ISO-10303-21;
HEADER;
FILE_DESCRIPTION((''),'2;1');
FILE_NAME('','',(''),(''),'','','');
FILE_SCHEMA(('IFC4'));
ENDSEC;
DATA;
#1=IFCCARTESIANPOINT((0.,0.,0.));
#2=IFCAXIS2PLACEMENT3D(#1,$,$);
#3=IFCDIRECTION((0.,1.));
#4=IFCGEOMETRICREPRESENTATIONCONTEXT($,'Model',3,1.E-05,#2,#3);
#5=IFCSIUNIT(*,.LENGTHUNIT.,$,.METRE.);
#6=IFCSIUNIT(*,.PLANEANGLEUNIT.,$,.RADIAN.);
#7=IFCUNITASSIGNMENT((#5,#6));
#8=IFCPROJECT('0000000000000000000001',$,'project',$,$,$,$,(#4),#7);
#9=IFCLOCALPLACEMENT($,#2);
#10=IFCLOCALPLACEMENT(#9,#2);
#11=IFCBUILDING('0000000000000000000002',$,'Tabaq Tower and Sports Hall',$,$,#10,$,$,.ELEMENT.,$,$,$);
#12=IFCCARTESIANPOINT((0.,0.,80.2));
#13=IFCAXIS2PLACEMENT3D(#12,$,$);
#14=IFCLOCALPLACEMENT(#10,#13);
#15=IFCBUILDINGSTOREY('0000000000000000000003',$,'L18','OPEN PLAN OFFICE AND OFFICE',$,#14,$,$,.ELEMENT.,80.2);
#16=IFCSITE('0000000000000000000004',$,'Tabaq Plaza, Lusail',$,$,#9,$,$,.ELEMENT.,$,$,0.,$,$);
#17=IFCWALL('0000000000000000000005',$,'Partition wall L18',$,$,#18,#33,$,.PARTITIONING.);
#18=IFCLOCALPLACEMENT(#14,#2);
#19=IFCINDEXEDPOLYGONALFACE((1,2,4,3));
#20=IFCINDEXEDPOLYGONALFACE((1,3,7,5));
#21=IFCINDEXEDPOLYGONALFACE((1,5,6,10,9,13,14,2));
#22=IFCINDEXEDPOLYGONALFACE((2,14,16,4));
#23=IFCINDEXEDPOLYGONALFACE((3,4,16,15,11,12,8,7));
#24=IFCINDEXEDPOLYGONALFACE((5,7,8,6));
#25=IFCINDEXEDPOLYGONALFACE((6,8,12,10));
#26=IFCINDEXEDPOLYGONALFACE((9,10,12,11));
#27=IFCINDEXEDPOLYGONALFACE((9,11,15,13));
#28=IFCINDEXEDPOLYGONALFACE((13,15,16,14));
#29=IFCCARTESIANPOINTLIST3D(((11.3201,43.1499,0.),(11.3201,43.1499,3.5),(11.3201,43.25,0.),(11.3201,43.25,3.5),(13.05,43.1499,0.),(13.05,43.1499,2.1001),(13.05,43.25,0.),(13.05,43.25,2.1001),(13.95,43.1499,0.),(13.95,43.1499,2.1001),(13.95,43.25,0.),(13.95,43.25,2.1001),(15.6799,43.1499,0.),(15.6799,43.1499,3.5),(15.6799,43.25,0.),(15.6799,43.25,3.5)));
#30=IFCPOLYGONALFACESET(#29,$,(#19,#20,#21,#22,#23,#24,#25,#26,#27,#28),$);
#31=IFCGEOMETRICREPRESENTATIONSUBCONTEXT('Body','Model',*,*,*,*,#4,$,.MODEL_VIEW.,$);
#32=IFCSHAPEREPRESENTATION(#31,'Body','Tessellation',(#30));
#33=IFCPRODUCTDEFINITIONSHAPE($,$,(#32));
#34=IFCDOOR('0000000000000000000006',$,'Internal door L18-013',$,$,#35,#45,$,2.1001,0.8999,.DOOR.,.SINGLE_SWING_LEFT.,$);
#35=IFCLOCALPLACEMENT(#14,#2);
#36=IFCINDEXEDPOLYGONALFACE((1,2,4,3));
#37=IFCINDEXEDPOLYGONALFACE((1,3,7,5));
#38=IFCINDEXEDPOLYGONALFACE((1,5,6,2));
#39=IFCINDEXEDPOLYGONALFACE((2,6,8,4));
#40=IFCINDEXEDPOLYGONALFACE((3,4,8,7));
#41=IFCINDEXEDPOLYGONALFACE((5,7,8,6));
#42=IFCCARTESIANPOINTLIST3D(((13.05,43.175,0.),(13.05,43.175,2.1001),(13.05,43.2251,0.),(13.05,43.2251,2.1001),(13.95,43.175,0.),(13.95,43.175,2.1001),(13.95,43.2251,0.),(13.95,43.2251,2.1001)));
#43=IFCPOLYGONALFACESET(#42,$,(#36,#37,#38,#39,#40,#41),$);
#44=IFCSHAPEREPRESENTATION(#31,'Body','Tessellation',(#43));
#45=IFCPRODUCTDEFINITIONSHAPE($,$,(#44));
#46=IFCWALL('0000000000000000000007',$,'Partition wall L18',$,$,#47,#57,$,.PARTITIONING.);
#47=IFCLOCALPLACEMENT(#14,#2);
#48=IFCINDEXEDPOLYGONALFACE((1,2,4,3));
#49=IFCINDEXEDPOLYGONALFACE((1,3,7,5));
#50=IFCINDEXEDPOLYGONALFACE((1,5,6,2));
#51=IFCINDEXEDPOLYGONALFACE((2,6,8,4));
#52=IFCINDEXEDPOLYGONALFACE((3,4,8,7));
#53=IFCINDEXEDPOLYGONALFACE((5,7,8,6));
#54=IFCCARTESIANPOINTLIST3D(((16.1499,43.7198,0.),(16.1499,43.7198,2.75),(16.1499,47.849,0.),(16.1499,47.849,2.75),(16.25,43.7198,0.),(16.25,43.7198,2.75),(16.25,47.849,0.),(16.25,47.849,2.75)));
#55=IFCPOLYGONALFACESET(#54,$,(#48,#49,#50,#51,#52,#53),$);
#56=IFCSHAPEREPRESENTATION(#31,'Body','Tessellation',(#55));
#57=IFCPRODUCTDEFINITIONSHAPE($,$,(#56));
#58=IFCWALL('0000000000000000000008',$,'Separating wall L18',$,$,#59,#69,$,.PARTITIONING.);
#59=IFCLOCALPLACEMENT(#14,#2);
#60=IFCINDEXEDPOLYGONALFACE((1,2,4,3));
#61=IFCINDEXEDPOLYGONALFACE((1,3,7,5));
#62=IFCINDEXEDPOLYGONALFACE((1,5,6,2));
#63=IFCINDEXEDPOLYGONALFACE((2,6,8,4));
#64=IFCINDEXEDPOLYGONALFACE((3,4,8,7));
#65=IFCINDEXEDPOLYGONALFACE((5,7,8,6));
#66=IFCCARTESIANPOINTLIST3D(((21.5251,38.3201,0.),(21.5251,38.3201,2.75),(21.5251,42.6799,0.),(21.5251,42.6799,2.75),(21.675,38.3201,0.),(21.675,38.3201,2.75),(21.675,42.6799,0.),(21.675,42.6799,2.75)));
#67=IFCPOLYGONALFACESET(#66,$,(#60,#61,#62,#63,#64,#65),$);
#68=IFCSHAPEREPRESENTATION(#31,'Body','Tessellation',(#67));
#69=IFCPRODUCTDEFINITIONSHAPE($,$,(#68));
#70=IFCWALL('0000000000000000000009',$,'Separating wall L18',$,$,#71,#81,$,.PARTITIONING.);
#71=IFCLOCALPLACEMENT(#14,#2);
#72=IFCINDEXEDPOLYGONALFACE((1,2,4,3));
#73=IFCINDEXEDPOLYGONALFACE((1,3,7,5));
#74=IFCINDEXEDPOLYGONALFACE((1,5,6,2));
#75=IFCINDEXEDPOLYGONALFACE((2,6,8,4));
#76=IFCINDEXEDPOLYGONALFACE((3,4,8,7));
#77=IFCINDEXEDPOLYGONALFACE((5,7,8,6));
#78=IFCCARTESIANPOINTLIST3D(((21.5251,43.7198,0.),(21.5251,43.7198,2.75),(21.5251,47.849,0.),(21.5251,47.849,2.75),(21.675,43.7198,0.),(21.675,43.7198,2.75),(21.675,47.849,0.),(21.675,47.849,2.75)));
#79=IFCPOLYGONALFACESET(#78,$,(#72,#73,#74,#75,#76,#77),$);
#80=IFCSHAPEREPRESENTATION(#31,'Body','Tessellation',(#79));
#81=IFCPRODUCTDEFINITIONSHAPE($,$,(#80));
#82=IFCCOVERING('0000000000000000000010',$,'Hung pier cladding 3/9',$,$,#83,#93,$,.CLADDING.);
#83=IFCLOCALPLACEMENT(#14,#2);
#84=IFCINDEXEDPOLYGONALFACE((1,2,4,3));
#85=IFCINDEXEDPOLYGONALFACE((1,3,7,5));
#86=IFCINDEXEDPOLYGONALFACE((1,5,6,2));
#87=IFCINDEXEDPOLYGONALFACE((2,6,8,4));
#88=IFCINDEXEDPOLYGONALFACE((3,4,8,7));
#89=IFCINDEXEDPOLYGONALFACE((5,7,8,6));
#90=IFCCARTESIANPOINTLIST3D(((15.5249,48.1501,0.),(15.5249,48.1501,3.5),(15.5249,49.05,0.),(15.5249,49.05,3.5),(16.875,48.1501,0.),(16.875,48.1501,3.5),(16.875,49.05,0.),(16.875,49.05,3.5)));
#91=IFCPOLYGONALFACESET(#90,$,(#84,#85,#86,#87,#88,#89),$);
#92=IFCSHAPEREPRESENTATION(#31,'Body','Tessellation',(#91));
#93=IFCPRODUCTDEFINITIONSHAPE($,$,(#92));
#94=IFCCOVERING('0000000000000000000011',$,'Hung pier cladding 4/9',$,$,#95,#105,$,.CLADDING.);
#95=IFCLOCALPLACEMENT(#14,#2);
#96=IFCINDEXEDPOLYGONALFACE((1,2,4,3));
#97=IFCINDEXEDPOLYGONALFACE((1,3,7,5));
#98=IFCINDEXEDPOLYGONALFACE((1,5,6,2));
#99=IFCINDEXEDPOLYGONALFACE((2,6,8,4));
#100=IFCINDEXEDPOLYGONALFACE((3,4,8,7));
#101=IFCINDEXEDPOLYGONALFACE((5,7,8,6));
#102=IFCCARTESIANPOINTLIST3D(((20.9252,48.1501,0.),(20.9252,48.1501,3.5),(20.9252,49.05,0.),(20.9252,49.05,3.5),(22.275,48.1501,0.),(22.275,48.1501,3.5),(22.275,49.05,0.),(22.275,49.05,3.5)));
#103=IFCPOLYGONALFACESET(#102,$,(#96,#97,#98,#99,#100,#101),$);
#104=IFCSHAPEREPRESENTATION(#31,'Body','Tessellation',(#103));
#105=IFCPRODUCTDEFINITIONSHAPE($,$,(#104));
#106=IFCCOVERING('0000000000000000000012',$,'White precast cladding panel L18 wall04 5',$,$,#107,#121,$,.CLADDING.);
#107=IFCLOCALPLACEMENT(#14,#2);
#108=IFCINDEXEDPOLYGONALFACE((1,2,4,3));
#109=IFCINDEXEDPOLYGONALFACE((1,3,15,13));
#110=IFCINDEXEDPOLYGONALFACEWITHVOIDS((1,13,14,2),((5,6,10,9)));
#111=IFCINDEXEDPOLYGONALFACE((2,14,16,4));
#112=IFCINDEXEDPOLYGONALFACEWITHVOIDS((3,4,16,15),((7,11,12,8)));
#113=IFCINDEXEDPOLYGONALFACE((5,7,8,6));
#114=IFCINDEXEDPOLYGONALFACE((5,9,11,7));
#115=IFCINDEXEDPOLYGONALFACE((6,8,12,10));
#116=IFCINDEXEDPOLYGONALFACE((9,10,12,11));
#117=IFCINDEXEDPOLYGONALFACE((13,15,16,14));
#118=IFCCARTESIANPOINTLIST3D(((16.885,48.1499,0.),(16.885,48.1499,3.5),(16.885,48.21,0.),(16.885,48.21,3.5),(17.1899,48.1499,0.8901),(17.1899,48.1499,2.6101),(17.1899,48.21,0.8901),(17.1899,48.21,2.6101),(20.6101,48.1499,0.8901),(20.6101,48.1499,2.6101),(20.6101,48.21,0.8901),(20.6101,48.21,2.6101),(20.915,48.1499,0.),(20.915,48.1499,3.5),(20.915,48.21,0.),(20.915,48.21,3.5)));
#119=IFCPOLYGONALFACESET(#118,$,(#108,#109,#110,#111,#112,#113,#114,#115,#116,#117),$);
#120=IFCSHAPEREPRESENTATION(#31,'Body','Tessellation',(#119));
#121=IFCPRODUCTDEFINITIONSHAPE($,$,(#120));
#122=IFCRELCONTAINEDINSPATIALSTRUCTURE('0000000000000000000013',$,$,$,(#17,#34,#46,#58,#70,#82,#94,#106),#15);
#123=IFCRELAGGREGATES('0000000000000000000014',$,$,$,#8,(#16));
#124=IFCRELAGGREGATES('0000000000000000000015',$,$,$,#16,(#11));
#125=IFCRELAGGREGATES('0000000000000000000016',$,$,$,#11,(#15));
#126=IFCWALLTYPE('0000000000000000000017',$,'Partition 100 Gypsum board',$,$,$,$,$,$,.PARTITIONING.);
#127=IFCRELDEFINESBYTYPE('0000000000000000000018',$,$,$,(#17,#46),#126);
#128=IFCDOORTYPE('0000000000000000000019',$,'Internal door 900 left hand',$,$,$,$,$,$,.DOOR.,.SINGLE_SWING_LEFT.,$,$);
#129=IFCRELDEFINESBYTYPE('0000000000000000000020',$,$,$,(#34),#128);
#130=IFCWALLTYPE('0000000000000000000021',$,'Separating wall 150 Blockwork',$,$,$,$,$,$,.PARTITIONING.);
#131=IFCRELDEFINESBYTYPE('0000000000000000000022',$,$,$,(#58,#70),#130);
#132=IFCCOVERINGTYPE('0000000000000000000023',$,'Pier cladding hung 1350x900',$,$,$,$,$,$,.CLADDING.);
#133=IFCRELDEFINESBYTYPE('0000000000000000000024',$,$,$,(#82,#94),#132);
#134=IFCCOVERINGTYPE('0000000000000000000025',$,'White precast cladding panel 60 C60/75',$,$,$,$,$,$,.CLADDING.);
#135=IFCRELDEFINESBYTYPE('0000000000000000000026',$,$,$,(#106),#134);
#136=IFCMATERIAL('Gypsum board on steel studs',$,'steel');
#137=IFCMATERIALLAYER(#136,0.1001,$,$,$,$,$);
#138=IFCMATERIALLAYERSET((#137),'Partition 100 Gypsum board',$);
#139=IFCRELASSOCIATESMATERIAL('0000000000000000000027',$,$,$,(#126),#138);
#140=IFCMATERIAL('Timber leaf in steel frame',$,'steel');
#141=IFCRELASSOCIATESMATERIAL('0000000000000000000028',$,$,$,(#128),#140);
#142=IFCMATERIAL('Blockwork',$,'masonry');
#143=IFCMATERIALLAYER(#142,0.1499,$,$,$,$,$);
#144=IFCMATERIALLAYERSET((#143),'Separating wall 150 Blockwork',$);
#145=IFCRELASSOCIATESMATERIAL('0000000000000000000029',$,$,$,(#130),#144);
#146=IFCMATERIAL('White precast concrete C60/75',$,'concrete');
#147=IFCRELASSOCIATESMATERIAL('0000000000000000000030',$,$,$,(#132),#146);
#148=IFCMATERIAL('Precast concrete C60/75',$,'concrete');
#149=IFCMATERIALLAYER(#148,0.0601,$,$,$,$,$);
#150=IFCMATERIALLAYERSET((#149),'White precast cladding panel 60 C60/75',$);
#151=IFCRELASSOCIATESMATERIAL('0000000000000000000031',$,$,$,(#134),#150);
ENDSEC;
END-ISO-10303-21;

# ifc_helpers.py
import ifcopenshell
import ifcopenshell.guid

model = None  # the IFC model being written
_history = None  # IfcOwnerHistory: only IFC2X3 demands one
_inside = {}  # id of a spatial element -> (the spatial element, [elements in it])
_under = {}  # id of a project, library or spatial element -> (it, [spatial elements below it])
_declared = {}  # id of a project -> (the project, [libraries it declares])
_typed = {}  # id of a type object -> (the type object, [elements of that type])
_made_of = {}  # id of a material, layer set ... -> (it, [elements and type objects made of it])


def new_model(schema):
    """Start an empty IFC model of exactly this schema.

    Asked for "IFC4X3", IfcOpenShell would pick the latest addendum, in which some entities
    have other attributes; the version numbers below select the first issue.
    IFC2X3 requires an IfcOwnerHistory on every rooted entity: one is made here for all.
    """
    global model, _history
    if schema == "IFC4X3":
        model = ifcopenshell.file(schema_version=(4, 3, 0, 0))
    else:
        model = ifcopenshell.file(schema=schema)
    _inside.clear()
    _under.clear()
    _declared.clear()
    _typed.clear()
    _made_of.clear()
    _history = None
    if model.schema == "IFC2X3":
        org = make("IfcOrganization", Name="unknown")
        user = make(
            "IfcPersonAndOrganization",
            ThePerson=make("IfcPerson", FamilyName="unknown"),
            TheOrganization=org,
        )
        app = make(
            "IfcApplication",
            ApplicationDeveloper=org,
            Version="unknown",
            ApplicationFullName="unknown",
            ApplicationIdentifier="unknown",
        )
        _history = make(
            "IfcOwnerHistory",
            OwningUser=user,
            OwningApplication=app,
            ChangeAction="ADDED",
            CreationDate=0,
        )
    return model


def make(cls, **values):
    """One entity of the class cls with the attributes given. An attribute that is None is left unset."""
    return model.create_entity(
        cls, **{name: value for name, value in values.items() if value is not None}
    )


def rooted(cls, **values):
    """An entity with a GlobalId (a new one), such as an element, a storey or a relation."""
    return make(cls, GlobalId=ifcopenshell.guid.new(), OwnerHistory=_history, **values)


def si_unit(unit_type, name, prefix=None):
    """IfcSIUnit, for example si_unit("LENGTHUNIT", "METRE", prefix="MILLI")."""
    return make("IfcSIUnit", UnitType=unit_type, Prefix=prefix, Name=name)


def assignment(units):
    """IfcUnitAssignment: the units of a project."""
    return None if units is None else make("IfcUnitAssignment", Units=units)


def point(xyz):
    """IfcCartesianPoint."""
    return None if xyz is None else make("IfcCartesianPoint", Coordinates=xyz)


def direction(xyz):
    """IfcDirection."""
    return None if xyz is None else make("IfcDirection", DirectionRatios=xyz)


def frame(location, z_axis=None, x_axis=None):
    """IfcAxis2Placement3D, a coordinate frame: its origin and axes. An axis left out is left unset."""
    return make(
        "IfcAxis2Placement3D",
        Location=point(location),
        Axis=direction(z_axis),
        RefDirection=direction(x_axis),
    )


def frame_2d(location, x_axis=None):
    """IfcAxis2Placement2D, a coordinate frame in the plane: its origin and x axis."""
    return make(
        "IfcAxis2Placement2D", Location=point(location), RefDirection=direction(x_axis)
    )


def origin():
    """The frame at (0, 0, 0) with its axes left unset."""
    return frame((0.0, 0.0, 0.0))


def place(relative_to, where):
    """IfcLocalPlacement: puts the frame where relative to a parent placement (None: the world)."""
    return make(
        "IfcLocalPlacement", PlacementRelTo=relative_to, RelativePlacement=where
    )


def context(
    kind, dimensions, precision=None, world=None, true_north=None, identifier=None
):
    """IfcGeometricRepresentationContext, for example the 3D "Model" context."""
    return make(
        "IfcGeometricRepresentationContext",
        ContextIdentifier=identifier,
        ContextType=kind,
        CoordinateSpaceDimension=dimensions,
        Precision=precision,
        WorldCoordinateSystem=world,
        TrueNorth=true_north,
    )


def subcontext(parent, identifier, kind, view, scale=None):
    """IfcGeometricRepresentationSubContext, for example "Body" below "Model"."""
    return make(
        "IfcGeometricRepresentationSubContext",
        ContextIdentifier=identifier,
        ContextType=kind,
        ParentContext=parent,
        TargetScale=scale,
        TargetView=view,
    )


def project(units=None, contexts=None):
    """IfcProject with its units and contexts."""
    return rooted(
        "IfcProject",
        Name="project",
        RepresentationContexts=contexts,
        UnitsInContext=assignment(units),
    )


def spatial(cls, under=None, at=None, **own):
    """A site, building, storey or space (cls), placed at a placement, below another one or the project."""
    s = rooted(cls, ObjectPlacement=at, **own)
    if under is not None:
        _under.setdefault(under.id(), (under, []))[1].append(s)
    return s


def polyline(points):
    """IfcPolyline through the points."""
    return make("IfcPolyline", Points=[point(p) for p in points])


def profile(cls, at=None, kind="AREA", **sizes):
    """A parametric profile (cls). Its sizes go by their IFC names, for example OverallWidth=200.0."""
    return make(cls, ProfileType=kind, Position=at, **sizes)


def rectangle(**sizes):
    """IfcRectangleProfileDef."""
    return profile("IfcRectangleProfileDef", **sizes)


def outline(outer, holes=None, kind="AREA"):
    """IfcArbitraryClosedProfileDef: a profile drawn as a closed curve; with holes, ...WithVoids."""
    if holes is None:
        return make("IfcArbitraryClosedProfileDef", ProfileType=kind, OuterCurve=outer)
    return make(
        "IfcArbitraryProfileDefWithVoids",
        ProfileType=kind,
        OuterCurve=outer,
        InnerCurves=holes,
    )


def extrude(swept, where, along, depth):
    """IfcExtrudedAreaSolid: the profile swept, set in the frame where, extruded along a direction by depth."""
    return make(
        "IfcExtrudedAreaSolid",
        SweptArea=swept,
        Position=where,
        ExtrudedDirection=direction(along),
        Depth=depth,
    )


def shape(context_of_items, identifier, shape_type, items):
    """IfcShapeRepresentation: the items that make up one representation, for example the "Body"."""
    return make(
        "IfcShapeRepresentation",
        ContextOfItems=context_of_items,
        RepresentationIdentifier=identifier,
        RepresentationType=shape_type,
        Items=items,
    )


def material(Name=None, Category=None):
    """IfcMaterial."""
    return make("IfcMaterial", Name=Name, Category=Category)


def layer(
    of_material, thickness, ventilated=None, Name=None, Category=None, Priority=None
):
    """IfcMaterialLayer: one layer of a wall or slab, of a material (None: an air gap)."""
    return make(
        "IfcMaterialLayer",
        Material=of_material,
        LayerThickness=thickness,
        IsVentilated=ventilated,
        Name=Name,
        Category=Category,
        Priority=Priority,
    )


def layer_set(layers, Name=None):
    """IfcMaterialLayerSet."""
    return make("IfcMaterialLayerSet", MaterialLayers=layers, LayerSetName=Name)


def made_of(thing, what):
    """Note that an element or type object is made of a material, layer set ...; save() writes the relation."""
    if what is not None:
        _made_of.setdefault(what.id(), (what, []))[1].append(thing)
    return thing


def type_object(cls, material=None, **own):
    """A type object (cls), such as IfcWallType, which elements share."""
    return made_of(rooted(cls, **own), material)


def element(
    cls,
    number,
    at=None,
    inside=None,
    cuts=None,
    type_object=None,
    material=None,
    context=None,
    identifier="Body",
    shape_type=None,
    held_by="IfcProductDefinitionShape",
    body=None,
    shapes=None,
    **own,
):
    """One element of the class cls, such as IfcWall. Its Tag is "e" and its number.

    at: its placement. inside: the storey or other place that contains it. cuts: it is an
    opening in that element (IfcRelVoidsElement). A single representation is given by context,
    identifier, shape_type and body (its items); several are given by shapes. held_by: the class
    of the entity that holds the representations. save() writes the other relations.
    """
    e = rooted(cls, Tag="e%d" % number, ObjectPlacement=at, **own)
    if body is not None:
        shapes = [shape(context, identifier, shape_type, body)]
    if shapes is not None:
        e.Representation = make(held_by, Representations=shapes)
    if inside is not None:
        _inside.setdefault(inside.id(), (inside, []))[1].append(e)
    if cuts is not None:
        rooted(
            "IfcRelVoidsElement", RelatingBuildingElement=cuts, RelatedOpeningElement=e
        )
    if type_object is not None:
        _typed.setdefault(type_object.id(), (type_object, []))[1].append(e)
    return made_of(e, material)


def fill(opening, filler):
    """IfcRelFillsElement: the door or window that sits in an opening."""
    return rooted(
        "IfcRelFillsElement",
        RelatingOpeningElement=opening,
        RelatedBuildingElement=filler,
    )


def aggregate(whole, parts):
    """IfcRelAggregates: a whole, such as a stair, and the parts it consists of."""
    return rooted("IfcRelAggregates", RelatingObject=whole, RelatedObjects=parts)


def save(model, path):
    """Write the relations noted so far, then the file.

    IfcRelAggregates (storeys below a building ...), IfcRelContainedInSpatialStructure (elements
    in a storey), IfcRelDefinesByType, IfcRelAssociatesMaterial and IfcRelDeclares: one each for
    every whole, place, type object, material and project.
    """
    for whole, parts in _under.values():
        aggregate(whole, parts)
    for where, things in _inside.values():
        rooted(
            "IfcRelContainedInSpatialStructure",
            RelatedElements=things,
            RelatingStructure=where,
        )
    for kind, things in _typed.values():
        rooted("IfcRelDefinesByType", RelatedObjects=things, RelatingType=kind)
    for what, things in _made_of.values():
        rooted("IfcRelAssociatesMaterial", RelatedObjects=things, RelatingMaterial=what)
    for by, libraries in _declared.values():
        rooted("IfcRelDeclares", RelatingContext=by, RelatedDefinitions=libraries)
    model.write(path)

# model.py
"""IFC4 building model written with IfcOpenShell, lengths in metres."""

from ifc_helpers import new_model, si_unit, direction, frame, frame_2d, origin, place, context, subcontext, project, spatial, polyline, rectangle, outline, extrude, material, layer, layer_set, type_object, element, fill, save


model = new_model("IFC4")

# Units and contexts
model_context = context("Model", 3, precision=1e-05, world=origin(), true_north=direction((0.0, 1.0)))
body_context = subcontext(model_context, "Body", "Model", "MODEL_VIEW")
ifc_project = project(units=[si_unit("LENGTHUNIT", "METRE"), si_unit("PLANEANGLEUNIT", "RADIAN")], contexts=[model_context])

# Site, building, storey
site_placement = place(None, origin())
site = spatial("IfcSite", under=ifc_project, at=site_placement, Name="Tabaq Plaza, Lusail", CompositionType="ELEMENT", RefElevation=0.0)
building_placement = place(site_placement, origin())
building = spatial("IfcBuilding", under=site, at=building_placement, Name="Tabaq Tower and Sports Hall", CompositionType="ELEMENT")
storey_placement = place(building_placement, frame((0.0, 0.0, 80.2)))
storey = spatial("IfcBuildingStorey", under=building, at=storey_placement, Name="L18", Description="OPEN PLAN OFFICE AND OFFICE", CompositionType="ELEMENT", Elevation=80.2)

# Shared definitions
ifc_material_1 = material(Name="Gypsum board on steel studs", Category="steel")
ifc_layer_1 = layer(ifc_material_1, 0.1001)
ifc_layer_set_1 = layer_set([ifc_layer_1], Name="Partition 100 Gypsum board")
wall_type_1 = type_object("IfcWallType", Name="Partition 100 Gypsum board", PredefinedType="PARTITIONING", material=ifc_layer_set_1)

# Wall, opening, door
ifc_material_2 = material(Name="Timber leaf in steel frame", Category="steel")
door_type = type_object("IfcDoorType", Name="Internal door 900 left hand", OperationType="SINGLE_SWING_LEFT", PredefinedType="DOOR", material=ifc_material_2)
wall_1_placement = place(storey_placement, frame((15.6799, 43.2, 0.0), z_axis=(0.0, 0.0, 1.0), x_axis=(-1.0, 0.0, 0.0)))
wall_1 = element("IfcWall", 1, at=wall_1_placement, inside=storey, type_object=wall_type_1, Name="Partition wall L18", PredefinedType="PARTITIONING", context=body_context, shape_type="SweptSolid", body=[
    extrude(rectangle(XDim=4.3599, YDim=0.1001, at=frame_2d((2.1799, 0.0))), origin(), (0.0, 0.0, 1.0), 3.5),
])
opening_1_placement = place(wall_1_placement, frame((1.73, 0.0, 0.0)))
opening_1 = element("IfcOpeningElement", 2, at=opening_1_placement, cuts=wall_1, PredefinedType="OPENING", context=body_context, shape_type="SweptSolid", body=[
    extrude(rectangle(XDim=0.8999, YDim=2.1001, at=frame_2d((0.45, 1.05))), frame((0.0, 0.05, 0.0), z_axis=(0.0, -1.0, 0.0), x_axis=(1.0, 0.0, 0.0)), (0.0, 0.0, 1.0), 0.1001),
])
door_1_placement = place(opening_1_placement, origin())
door_1 = element("IfcDoor", 3, at=door_1_placement, inside=storey, type_object=door_type, Name="Internal door L18-013", OperationType="SINGLE_SWING_LEFT", OverallHeight=2.1001, OverallWidth=0.8999, PredefinedType="DOOR", context=body_context, shape_type="SweptSolid", body=[
    extrude(rectangle(XDim=0.8999, YDim=2.1001, at=frame_2d((0.45, 1.05))), frame((0.0, 0.0249, 0.0), z_axis=(0.0, -1.0, 0.0), x_axis=(1.0, 0.0, 0.0)), (0.0, 0.0, 1.0), 0.05),
])
fill(opening_1, door_1)

# Walls
wall_2_placement = place(storey_placement, frame((16.2, 43.72, 0.0), z_axis=(0.0, 0.0, 1.0), x_axis=(0.0, 1.0, 0.0)))
element("IfcWall", 4, at=wall_2_placement, inside=storey, type_object=wall_type_1, Name="Partition wall L18", PredefinedType="PARTITIONING", context=body_context, shape_type="SweptSolid", body=[
    extrude(rectangle(XDim=4.1292, YDim=0.1001, at=frame_2d((2.0645, 0.0))), origin(), (0.0, 0.0, 1.0), 2.75),
])
ifc_material_3 = material(Name="Blockwork", Category="masonry")
ifc_layer_2 = layer(ifc_material_3, 0.1499)
ifc_layer_set_2 = layer_set([ifc_layer_2], Name="Separating wall 150 Blockwork")
wall_type_2 = type_object("IfcWallType", Name="Separating wall 150 Blockwork", PredefinedType="PARTITIONING", material=ifc_layer_set_2)
wall_3_placement = place(storey_placement, frame((21.6001, 38.3201, 0.0), z_axis=(0.0, 0.0, 1.0), x_axis=(0.0, 1.0, 0.0)))
element("IfcWall", 5, at=wall_3_placement, inside=storey, type_object=wall_type_2, Name="Separating wall L18", PredefinedType="PARTITIONING", context=body_context, shape_type="SweptSolid", body=[
    extrude(rectangle(XDim=4.3599, YDim=0.1499, at=frame_2d((2.1799, 0.0))), origin(), (0.0, 0.0, 1.0), 2.75),
])
wall_4_placement = place(storey_placement, frame((21.6001, 43.72, 0.0), z_axis=(0.0, 0.0, 1.0), x_axis=(0.0, 1.0, 0.0)))
element("IfcWall", 6, at=wall_4_placement, inside=storey, type_object=wall_type_2, Name="Separating wall L18", PredefinedType="PARTITIONING", context=body_context, shape_type="SweptSolid", body=[
    extrude(rectangle(XDim=4.1292, YDim=0.1499, at=frame_2d((2.0645, 0.0))), origin(), (0.0, 0.0, 1.0), 2.75),
])

# Coverings
ifc_material_4 = material(Name="White precast concrete C60/75", Category="concrete")
covering_type_1 = type_object("IfcCoveringType", Name="Pier cladding hung 1350x900", PredefinedType="CLADDING", material=ifc_material_4)
covering_1_placement = place(storey_placement, frame((16.875, 48.6001, 0.0), z_axis=(0.0, 0.0, 1.0), x_axis=(-1.0, 0.0, 0.0)))
element("IfcCovering", 7, at=covering_1_placement, inside=storey, type_object=covering_type_1, Name="Hung pier cladding 3/9", PredefinedType="CLADDING", context=body_context, shape_type="SweptSolid", body=[
    extrude(rectangle(XDim=1.3501, YDim=0.8999, at=frame_2d((0.675, 0.0))), origin(), (0.0, 0.0, 1.0), 3.5),
])
covering_2_placement = place(storey_placement, frame((22.2749, 48.6001, 0.0), z_axis=(0.0, 0.0, 1.0), x_axis=(-1.0, 0.0, 0.0)))
element("IfcCovering", 8, at=covering_2_placement, inside=storey, type_object=covering_type_1, Name="Hung pier cladding 4/9", PredefinedType="CLADDING", context=body_context, shape_type="SweptSolid", body=[
    extrude(rectangle(XDim=1.3499, YDim=0.8999, at=frame_2d((0.6748, 0.0))), origin(), (0.0, 0.0, 1.0), 3.5),
])
ifc_material_5 = material(Name="Precast concrete C60/75", Category="concrete")
ifc_layer_3 = layer(ifc_material_5, 0.0601)
ifc_layer_set_3 = layer_set([ifc_layer_3], Name="White precast cladding panel 60 C60/75")
covering_type_2 = type_object("IfcCoveringType", Name="White precast cladding panel 60 C60/75", PredefinedType="CLADDING", material=ifc_layer_set_3)
covering_3_placement = place(storey_placement, frame((20.915, 48.1799, 0.0), z_axis=(0.0, 0.0, 1.0), x_axis=(-1.0, 0.0, 0.0)))
element("IfcCovering", 9, at=covering_3_placement, inside=storey, type_object=covering_type_2, Name="White precast cladding panel L18 wall04 5", PredefinedType="CLADDING", context=body_context, shape_type="SweptSolid", body=[
    extrude(outline(polyline([(0.0, 0.0), (4.03, 0.0), (4.03, 3.5), (0.0, 3.5), (0.0, 0.0)]), holes=[polyline([(0.3049, 0.8901), (0.3049, 2.6101), (3.7251, 2.6101), (3.7251, 0.8901), (0.3049, 0.8901)])]), frame((0.0, 0.03, 0.0), z_axis=(0.0, -1.0, 0.0), x_axis=(1.0, 0.0, 0.0)), (0.0, 0.0, 1.0), 0.0601),
])

save(model, "model.ifc")
